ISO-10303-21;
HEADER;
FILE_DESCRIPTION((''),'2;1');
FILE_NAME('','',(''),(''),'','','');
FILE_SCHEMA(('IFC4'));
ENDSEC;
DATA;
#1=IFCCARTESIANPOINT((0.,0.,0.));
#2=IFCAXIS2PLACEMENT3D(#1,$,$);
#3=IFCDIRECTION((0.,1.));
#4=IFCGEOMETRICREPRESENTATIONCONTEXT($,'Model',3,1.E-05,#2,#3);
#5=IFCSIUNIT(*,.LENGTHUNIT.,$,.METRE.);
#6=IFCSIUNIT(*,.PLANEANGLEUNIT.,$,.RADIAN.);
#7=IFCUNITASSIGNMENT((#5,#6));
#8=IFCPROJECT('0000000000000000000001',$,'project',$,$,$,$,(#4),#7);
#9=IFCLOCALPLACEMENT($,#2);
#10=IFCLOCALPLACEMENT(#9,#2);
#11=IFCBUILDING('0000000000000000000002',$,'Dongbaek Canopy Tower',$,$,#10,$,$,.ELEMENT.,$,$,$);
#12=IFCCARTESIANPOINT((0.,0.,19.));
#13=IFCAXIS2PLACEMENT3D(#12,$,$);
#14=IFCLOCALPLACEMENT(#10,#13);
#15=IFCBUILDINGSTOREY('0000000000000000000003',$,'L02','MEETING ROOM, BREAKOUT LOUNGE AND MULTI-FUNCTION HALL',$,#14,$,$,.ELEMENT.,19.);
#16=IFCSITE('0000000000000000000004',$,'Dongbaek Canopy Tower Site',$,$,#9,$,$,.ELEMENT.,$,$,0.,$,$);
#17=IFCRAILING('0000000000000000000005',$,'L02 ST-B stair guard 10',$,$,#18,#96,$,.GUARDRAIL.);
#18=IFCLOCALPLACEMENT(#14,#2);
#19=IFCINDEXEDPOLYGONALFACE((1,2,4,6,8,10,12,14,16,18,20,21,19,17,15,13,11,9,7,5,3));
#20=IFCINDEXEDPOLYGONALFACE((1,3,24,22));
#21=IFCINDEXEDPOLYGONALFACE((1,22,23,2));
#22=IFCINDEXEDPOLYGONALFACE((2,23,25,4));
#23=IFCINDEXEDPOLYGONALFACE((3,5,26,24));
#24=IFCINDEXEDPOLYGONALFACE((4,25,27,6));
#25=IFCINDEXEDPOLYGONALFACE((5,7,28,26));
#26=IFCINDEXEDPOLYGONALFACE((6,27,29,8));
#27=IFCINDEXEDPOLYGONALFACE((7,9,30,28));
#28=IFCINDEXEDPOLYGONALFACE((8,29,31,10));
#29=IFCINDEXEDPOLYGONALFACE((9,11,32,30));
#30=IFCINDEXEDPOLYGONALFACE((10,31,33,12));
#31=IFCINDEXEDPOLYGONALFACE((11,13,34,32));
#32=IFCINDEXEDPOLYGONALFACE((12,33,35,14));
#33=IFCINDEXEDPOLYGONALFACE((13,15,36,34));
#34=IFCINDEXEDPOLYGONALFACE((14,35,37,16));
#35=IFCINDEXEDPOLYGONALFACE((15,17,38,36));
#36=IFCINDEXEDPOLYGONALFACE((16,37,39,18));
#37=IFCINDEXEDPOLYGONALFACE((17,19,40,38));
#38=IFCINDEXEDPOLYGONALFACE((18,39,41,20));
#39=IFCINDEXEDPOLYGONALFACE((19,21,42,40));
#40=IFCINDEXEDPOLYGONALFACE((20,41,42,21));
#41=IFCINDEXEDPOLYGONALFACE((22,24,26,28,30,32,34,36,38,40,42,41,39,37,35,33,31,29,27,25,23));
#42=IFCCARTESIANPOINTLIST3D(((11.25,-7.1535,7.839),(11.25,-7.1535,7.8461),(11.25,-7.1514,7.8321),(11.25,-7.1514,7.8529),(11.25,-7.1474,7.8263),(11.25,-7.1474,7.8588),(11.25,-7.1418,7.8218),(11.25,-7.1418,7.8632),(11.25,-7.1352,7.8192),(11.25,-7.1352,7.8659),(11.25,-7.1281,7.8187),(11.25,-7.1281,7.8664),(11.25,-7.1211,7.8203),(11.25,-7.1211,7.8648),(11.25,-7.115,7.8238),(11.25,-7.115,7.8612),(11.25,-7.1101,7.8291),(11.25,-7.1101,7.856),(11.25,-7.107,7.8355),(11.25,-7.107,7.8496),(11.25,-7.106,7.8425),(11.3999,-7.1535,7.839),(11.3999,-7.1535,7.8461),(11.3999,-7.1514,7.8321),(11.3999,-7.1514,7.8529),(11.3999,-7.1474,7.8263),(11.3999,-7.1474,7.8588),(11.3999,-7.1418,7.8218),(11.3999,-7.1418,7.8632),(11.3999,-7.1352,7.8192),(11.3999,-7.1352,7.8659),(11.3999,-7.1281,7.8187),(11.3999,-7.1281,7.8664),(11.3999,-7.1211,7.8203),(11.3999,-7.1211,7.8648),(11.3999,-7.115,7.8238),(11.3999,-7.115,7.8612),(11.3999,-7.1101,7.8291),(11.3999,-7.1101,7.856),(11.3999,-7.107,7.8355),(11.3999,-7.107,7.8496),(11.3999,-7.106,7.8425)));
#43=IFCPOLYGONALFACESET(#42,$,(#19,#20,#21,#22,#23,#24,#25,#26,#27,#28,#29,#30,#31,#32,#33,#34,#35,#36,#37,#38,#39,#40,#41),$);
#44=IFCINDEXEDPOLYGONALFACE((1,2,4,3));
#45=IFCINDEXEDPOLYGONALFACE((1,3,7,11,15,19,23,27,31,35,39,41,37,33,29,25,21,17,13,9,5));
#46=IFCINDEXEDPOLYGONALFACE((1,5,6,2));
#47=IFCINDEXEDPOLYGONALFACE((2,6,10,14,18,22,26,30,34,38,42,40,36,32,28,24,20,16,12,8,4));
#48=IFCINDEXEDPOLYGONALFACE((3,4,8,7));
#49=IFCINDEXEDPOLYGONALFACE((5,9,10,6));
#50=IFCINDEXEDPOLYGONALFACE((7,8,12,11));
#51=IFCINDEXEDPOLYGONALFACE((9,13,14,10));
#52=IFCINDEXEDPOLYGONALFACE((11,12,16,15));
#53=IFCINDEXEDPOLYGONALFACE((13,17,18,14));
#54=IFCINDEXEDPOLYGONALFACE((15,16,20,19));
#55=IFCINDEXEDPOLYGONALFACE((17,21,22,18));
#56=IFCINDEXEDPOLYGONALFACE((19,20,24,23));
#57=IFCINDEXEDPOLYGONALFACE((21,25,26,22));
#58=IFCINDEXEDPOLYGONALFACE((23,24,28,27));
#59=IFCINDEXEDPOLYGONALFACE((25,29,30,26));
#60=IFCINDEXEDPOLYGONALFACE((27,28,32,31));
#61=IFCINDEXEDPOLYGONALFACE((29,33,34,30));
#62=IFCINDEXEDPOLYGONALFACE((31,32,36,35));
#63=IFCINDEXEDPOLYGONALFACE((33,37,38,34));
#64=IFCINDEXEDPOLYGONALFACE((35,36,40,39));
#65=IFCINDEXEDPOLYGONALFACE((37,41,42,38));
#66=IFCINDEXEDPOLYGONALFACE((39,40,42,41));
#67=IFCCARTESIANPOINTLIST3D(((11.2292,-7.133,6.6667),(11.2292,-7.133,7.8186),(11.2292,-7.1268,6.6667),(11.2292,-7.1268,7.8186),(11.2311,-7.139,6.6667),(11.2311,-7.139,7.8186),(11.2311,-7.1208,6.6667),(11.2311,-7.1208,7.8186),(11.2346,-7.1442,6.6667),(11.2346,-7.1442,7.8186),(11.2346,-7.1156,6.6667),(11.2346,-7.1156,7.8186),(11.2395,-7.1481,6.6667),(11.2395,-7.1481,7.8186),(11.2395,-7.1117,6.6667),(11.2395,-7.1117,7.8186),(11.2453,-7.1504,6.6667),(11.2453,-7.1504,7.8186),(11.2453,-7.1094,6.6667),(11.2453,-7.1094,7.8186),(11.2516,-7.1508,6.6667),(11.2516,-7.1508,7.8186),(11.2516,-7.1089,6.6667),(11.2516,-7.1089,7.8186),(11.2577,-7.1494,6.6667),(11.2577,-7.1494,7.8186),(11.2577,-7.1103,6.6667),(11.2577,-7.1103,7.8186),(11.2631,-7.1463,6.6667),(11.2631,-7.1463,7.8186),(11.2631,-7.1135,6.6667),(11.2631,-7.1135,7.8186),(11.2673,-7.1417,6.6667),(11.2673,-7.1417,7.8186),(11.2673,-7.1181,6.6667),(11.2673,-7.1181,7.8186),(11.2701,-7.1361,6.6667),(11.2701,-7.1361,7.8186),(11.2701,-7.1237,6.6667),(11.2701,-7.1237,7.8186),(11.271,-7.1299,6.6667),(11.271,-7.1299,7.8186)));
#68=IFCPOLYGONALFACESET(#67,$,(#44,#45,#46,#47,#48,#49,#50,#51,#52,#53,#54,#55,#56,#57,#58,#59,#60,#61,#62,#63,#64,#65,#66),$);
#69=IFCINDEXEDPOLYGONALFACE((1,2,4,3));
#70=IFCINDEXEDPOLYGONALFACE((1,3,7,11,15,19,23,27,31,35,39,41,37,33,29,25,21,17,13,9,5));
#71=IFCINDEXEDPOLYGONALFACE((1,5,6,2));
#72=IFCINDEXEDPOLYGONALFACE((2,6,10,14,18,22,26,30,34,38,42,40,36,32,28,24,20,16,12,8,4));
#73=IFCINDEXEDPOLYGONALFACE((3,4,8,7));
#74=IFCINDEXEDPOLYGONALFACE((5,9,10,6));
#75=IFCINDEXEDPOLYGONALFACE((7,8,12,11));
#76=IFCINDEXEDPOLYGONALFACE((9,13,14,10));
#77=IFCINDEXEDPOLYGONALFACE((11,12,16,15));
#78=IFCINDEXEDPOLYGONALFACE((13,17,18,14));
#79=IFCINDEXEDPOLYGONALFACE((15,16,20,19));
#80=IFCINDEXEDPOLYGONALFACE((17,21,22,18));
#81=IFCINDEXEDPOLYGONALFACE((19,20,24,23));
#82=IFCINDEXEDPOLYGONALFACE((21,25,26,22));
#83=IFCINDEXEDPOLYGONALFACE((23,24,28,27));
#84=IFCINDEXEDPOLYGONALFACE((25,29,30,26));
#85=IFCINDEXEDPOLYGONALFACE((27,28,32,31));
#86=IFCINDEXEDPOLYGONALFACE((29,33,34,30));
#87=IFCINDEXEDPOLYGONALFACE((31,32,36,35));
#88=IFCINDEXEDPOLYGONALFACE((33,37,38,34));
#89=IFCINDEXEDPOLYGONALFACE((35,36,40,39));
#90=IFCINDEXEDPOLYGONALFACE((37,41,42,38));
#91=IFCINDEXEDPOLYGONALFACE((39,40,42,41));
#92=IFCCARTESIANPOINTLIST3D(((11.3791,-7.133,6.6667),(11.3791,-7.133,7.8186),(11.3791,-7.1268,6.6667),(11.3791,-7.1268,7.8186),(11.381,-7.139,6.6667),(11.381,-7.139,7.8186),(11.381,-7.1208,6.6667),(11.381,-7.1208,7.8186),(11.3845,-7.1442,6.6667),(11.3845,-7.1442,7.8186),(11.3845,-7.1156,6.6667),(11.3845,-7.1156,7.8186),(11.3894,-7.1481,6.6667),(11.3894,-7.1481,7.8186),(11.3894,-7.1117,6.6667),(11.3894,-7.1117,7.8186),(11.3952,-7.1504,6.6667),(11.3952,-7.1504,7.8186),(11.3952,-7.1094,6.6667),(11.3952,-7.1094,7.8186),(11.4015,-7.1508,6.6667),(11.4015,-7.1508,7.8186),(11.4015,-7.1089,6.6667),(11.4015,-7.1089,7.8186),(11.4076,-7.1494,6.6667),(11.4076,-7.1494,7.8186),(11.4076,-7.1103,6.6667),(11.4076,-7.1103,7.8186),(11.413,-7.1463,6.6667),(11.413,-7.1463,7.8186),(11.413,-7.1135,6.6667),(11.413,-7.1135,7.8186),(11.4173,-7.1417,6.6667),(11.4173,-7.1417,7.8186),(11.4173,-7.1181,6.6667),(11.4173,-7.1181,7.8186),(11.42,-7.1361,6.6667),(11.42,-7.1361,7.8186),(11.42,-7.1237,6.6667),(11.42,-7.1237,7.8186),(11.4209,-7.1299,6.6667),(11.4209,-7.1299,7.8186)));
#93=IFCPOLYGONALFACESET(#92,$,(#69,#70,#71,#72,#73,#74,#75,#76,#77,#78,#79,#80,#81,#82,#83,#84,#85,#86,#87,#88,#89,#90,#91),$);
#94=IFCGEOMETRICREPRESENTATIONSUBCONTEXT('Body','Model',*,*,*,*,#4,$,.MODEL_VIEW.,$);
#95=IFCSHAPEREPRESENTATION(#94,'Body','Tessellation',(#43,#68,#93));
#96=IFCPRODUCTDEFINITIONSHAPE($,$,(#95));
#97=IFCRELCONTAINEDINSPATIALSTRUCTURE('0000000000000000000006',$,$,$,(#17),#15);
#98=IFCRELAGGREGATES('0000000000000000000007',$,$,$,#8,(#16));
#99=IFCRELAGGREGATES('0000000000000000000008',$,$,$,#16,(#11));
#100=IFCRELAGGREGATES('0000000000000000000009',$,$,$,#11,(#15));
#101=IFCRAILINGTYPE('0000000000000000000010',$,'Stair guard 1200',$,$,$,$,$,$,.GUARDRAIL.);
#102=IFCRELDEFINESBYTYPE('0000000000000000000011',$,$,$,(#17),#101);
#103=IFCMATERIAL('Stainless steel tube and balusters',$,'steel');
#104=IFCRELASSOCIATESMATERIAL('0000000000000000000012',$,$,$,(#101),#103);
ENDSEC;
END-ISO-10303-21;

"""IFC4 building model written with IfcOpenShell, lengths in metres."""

from ifc_helpers import new_model, si_unit, direction, frame, origin, origin_2d, place, context, subcontext, project, spatial, circle, extrude, material, type_object, element, save


model = new_model("IFC4")

# Units and contexts
model_context = context("Model", 3, precision=1e-05, world=origin(), true_north=direction((0.0, 1.0)))
body_context = subcontext(model_context, "Body", "Model", "MODEL_VIEW")
ifc_project = project(units=[si_unit("LENGTHUNIT", "METRE"), si_unit("PLANEANGLEUNIT", "RADIAN")], contexts=[model_context])

# Site, building, storey
site_placement = place(None, origin())
site = spatial("IfcSite", under=ifc_project, at=site_placement, Name="Dongbaek Canopy Tower Site", CompositionType="ELEMENT", RefElevation=0.0)
building_placement = place(site_placement, origin())
building = spatial("IfcBuilding", under=site, at=building_placement, Name="Dongbaek Canopy Tower", CompositionType="ELEMENT")
storey_placement = place(building_placement, frame((0.0, 0.0, 19.0)))
storey = spatial("IfcBuildingStorey", under=building, at=storey_placement, Name="L02", Description="MEETING ROOM, BREAKOUT LOUNGE AND MULTI-FUNCTION HALL", CompositionType="ELEMENT", Elevation=19.0)

# Railing
ifc_material_1 = material(Name="Stainless steel tube and balusters", Category="steel")
railing_type_1 = type_object("IfcRailingType", Name="Stair guard 1200", PredefinedType="GUARDRAIL", material=ifc_material_1)
railing_1_placement = place(storey_placement, frame((11.25, -7.1299, 6.6667)))
element("IfcRailing", 1, at=railing_1_placement, inside=storey, type_object=railing_type_1, Name="L02 ST-B stair guard 10", PredefinedType="GUARDRAIL", context=body_context, shape_type="SweptSolid", body=[
    extrude(circle(Radius=0.0239, at=origin_2d()), frame((0.0, 0.0, 1.1758), z_axis=(1.0, 0.0, 0.0), x_axis=(0.0, 1.0, 0.0)), (0.0, 0.0, 1.0), 0.1499),
    extrude(circle(Radius=0.021, at=origin_2d()), origin(), (0.0, 0.0, 1.0), 1.1519),
    extrude(circle(Radius=0.021, at=origin_2d()), frame((0.1499, 0.0, 0.0)), (0.0, 0.0, 1.0), 1.1519),
])

save(model, "model.ifc")
